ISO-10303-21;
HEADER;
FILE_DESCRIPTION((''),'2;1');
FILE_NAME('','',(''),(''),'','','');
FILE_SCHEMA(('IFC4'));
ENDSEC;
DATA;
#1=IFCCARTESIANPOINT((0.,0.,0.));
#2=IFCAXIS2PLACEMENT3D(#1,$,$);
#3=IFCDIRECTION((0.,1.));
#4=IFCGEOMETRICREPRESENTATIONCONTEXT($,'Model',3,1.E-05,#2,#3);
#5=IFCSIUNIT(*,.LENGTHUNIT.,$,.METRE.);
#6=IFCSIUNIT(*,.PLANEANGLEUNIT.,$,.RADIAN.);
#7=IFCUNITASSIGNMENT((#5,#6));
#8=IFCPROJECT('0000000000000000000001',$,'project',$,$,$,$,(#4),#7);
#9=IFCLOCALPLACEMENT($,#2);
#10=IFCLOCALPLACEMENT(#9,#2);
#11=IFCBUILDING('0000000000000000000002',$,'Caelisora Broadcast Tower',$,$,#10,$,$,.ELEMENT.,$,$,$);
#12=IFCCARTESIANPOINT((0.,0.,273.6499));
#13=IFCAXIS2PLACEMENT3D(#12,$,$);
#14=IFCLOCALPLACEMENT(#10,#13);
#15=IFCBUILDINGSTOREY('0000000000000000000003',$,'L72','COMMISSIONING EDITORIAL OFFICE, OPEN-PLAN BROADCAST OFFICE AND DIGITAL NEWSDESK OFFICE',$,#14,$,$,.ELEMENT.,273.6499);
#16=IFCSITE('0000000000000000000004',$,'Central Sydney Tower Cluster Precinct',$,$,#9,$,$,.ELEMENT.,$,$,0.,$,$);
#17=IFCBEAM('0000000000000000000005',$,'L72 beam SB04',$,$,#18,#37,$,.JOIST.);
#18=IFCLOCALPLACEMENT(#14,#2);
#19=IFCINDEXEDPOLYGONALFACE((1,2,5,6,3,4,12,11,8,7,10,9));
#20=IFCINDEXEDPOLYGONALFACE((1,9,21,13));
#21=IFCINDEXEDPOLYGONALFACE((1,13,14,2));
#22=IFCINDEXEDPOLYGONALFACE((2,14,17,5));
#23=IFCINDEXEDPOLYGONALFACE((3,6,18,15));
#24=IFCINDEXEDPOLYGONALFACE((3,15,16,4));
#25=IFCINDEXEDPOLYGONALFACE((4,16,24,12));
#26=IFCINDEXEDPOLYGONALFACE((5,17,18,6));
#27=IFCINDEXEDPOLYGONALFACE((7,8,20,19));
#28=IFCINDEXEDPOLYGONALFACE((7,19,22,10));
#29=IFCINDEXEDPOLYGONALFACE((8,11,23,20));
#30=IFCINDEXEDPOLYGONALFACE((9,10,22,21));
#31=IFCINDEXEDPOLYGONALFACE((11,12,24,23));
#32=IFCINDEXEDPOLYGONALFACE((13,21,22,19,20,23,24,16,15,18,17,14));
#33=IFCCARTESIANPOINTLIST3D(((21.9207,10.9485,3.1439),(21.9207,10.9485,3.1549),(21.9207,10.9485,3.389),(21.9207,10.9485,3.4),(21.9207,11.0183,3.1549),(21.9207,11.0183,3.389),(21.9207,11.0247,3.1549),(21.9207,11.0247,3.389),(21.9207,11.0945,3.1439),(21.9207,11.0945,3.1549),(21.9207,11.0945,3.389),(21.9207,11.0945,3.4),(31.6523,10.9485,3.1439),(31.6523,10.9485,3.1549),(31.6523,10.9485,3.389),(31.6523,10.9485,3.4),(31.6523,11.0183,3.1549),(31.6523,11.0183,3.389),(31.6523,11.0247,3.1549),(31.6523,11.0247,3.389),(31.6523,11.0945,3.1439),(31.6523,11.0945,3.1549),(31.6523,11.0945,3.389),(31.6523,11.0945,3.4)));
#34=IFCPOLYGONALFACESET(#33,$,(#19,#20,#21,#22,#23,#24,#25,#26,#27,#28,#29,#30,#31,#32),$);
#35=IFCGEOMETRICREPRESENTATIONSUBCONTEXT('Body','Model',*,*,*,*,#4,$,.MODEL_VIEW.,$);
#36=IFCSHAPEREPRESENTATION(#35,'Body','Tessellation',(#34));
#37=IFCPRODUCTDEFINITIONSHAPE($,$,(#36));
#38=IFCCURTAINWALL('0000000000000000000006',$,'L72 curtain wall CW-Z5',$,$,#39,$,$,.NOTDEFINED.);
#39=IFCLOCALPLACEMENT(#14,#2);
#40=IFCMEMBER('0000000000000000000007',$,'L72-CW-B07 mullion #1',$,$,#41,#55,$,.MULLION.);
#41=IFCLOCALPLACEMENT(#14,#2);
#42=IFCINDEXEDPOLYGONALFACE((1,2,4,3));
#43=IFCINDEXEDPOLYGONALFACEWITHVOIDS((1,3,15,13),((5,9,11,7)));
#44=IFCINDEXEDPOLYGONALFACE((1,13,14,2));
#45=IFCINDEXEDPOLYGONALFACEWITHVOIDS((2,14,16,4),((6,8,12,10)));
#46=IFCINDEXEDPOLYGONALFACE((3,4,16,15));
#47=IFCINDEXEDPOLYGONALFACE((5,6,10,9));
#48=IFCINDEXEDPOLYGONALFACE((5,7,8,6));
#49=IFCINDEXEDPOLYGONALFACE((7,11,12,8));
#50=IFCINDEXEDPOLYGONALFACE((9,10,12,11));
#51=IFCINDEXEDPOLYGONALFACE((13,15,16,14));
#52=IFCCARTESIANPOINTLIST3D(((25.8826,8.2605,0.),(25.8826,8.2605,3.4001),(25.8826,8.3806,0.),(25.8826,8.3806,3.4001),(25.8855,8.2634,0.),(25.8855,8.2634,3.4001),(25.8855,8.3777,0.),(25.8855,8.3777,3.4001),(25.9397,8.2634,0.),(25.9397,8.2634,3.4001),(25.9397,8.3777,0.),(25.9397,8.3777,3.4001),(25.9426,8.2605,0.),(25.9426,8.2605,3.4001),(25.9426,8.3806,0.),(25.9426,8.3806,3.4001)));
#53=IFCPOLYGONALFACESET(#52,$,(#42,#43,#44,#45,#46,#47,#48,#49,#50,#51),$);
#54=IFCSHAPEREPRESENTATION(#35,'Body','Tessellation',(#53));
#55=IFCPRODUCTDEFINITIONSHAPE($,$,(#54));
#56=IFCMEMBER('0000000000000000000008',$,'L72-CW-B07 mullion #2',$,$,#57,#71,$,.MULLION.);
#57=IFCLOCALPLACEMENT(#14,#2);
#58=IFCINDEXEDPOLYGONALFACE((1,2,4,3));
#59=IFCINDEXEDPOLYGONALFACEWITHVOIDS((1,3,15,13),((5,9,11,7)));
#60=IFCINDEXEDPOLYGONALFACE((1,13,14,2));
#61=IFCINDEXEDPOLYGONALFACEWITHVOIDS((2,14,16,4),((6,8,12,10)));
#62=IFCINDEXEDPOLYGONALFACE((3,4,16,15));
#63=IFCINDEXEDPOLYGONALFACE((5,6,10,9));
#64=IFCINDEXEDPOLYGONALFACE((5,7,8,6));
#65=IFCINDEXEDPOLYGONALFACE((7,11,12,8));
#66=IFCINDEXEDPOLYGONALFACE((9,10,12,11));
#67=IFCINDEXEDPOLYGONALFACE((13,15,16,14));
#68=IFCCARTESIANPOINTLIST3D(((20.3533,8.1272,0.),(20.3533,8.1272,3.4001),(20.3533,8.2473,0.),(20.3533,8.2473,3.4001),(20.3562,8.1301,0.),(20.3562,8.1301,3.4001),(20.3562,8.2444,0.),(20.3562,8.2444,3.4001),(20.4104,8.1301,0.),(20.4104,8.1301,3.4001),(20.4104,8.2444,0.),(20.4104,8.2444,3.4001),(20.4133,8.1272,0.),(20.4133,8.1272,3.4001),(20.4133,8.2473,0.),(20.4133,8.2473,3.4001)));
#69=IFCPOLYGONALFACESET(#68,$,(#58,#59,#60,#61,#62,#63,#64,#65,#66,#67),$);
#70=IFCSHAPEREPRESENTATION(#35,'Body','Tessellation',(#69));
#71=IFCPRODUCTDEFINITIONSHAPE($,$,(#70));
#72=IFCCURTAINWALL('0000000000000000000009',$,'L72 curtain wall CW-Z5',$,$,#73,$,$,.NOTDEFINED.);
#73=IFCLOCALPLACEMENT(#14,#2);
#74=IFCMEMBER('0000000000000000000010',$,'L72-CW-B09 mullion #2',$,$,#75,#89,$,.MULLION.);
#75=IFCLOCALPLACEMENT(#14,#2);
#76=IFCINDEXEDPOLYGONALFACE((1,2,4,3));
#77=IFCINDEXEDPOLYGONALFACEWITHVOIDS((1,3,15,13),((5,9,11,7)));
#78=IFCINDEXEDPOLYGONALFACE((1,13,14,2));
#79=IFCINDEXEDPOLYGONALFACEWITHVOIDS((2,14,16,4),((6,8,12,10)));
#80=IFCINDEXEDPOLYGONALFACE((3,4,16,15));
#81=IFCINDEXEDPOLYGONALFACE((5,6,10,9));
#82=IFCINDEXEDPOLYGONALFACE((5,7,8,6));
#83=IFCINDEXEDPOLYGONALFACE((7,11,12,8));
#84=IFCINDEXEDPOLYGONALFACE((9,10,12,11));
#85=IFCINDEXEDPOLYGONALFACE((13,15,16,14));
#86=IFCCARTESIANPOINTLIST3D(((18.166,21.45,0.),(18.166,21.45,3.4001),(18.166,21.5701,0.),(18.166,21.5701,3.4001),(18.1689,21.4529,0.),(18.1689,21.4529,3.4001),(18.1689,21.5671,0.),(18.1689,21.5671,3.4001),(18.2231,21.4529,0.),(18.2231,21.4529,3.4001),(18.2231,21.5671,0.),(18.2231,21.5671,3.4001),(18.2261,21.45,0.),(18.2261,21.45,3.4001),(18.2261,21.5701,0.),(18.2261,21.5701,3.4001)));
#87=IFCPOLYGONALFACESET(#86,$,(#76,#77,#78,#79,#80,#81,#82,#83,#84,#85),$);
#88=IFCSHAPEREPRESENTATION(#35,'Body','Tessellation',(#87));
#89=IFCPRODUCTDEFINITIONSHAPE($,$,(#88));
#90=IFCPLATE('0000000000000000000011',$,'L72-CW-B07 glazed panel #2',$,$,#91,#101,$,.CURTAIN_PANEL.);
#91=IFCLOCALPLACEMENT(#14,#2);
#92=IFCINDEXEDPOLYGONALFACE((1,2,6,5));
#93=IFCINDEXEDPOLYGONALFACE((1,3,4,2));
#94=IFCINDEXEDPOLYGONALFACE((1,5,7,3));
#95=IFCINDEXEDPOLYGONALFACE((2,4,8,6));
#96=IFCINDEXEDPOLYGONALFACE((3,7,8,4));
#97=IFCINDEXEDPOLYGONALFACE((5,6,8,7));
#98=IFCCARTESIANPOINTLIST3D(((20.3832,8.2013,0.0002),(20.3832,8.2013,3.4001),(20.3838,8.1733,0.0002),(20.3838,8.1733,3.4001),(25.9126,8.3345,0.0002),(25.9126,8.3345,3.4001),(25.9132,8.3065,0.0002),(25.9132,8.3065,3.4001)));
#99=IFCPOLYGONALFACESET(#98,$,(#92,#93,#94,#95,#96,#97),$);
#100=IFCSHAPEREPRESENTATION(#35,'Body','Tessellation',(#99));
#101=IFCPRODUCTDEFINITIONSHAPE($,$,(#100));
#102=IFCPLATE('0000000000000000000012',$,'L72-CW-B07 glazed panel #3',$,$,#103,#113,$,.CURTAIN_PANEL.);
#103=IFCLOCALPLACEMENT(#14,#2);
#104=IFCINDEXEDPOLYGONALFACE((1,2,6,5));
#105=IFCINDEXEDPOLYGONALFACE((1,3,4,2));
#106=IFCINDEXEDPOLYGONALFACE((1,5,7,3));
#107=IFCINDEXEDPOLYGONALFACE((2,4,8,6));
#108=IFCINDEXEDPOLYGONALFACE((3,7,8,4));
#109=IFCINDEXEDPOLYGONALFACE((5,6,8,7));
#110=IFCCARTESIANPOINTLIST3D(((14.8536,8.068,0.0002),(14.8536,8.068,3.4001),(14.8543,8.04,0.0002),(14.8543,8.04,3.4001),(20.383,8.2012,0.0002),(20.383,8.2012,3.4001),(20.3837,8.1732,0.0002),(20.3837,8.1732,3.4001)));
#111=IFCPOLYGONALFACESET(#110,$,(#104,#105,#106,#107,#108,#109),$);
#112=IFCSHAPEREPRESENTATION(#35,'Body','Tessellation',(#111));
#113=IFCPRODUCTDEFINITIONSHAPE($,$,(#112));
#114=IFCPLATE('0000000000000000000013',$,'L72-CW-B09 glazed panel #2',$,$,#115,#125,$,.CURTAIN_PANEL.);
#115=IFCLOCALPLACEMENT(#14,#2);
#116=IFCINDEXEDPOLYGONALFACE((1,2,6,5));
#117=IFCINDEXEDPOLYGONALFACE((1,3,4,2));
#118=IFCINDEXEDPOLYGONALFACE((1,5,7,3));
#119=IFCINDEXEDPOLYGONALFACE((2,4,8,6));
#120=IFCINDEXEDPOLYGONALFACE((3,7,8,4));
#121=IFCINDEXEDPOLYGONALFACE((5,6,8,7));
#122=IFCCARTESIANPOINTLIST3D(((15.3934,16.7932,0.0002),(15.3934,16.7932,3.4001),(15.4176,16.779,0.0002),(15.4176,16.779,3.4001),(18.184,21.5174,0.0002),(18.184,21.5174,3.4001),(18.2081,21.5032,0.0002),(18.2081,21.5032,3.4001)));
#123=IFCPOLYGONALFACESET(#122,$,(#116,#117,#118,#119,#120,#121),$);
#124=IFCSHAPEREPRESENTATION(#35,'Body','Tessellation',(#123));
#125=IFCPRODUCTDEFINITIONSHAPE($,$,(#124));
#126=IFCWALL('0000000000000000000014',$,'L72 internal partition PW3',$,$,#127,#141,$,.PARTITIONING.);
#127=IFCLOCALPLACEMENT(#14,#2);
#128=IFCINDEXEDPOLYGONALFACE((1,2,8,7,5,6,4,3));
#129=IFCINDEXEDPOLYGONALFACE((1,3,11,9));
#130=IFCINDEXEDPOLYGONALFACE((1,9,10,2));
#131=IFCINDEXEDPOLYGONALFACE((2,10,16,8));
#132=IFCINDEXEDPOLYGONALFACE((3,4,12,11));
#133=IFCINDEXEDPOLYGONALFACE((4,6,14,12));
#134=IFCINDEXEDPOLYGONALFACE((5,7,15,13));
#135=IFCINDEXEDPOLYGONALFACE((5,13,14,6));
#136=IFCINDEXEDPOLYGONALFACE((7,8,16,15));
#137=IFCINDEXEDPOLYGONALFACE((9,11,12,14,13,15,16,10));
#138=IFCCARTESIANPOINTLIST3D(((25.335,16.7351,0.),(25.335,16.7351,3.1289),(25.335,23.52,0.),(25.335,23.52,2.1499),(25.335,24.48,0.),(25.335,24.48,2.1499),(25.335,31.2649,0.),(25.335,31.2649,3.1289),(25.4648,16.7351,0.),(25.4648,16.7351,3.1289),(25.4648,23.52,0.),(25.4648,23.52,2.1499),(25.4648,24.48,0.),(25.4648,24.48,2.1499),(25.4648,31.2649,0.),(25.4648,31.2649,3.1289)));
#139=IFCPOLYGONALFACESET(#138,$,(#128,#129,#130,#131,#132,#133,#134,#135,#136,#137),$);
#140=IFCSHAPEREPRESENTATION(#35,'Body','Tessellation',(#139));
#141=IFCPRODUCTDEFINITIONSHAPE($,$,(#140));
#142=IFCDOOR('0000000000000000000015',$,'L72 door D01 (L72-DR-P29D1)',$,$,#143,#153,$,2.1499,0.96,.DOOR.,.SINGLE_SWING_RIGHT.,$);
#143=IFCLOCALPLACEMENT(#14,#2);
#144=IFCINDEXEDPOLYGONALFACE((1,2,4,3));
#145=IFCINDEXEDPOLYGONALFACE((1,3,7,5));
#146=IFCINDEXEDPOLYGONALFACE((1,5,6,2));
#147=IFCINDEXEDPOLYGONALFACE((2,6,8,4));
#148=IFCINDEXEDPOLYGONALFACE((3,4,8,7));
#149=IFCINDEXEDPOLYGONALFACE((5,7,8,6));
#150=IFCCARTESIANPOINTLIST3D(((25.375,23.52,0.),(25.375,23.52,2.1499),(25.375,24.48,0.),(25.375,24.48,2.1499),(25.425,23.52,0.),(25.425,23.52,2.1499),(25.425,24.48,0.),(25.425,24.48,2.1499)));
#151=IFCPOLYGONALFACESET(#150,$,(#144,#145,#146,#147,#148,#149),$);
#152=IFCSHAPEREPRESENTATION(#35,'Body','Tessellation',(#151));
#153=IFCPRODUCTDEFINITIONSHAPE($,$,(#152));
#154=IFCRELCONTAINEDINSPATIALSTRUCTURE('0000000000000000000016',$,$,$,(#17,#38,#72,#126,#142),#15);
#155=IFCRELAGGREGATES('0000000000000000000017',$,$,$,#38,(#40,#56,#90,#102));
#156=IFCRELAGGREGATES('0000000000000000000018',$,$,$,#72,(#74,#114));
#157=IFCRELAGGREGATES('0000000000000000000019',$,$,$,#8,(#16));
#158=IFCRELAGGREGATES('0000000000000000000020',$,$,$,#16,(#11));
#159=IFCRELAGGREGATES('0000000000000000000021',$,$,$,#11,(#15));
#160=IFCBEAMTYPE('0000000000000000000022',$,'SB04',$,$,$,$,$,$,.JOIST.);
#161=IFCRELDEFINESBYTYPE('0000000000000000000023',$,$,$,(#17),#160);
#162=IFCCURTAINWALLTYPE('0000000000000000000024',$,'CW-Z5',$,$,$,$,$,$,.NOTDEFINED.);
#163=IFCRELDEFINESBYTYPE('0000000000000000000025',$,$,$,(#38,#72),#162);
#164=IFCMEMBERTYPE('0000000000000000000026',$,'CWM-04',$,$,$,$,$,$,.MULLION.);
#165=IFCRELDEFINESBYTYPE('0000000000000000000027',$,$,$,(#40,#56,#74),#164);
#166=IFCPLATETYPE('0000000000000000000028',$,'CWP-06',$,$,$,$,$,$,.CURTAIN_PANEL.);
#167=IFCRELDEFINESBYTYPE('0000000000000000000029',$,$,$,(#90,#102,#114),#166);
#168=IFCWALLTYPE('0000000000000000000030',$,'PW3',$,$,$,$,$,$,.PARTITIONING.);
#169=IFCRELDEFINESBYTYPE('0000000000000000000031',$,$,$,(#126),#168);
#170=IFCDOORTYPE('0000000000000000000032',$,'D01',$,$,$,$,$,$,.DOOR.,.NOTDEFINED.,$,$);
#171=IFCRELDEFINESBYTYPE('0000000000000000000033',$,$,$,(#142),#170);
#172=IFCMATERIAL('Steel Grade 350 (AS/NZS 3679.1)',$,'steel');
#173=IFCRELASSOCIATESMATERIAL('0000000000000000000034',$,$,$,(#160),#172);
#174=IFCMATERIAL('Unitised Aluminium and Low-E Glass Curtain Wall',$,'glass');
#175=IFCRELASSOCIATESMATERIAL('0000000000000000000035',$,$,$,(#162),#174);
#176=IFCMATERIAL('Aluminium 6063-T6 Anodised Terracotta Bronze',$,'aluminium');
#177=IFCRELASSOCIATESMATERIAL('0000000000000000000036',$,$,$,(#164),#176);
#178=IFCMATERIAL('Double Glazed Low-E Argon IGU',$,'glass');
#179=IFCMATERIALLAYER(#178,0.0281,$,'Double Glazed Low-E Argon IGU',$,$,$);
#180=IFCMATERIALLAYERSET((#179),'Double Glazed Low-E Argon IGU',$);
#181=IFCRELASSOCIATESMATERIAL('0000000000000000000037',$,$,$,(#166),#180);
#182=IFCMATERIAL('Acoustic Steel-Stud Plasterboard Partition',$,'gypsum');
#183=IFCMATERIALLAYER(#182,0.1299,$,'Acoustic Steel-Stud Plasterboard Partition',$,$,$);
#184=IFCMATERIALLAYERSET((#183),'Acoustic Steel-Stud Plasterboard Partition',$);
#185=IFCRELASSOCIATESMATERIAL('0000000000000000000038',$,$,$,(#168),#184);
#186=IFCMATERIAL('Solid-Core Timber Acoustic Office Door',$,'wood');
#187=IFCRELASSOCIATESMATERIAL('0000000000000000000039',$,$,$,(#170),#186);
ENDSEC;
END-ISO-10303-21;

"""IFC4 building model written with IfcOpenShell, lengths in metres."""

from ifc_helpers import new_model, si_unit, direction, frame, frame_2d, origin, origin_2d, place, context, subcontext, project, spatial, rectangle, hollow_rectangle, i_section, extrude, source, transform, mapped, material, layer, layer_set, material_profile, profile_set, type_object, type_shapes, element, fill, aggregate, save


model = new_model("IFC4")

# Units and contexts
model_context = context("Model", 3, precision=1e-05, world=origin(), true_north=direction((0.0, 1.0)))
body_context = subcontext(model_context, "Body", "Model", "MODEL_VIEW")
ifc_project = project(units=[si_unit("LENGTHUNIT", "METRE"), si_unit("PLANEANGLEUNIT", "RADIAN")], contexts=[model_context])

# Site, building, storey
site_placement = place(None, origin())
site = spatial("IfcSite", under=ifc_project, at=site_placement, Name="Central Sydney Tower Cluster Precinct", CompositionType="ELEMENT", RefElevation=0.0)
building_placement = place(site_placement, origin())
building = spatial("IfcBuilding", under=site, at=building_placement, Name="Caelisora Broadcast Tower", CompositionType="ELEMENT")
storey_placement = place(building_placement, frame((0.0, 0.0, 273.6499)))
storey = spatial("IfcBuildingStorey", under=building, at=storey_placement, Name="L72", Description="COMMISSIONING EDITORIAL OFFICE, OPEN-PLAN BROADCAST OFFICE AND DIGITAL NEWSDESK OFFICE", CompositionType="ELEMENT", Elevation=273.6499)

# Beam
ifc_material_1 = material(Name="Steel Grade 350 (AS/NZS 3679.1)", Category="steel")
ifc_material_profile_1 = material_profile(ifc_material_1, i_section(OverallWidth=0.146, OverallDepth=0.2561, WebThickness=0.0063, FlangeThickness=0.011, at=origin_2d()), Name="Steel Grade 350 (AS/NZS 3679.1)")
ifc_profile_set_1 = profile_set([ifc_material_profile_1], Name="Steel Grade 350 (AS/NZS 3679.1)")
beam_type_1 = type_object("IfcBeamType", Name="SB04", PredefinedType="JOIST", material=ifc_profile_set_1)
shared_shape_1 = source(origin(), body_context, "Body", "SweptSolid", [
    extrude(i_section(OverallWidth=0.146, OverallDepth=0.2561, WebThickness=0.0063, FlangeThickness=0.011, at=origin_2d()), origin(), (0.0, 0.0, 1.0), 9.7317),
])
beam_1_placement = place(storey_placement, frame((21.9207, 11.0215, 3.272), z_axis=(1.0, 0.0, 0.0), x_axis=(0.0, 1.0, 0.0)))
element("IfcBeam", 1, at=beam_1_placement, inside=storey, type_object=beam_type_1, Name="L72 beam SB04", PredefinedType="JOIST", context=body_context, shape_type="MappedRepresentation", body=[
    mapped(shared_shape_1, transform((0.0, 0.0, 0.0), scale=1.0)),
])

# Curtain wall, members
ifc_material_2 = material(Name="Unitised Aluminium and Low-E Glass Curtain Wall", Category="glass")
curtain_wall_type = type_object("IfcCurtainWallType", Name="CW-Z5", PredefinedType="NOTDEFINED", material=ifc_material_2)
curtain_wall_1_placement = place(storey_placement, origin())
curtain_wall_1 = element("IfcCurtainWall", 2, at=curtain_wall_1_placement, inside=storey, type_object=curtain_wall_type, Name="L72 curtain wall CW-Z5", PredefinedType="NOTDEFINED")
ifc_material_3 = material(Name="Aluminium 6063-T6 Anodised Terracotta Bronze", Category="aluminium")
ifc_material_profile_2 = material_profile(ifc_material_3, hollow_rectangle(XDim=0.0601, YDim=0.1201, WallThickness=0.0029, at=origin_2d()), Name="Aluminium 6063-T6 Anodised Terracotta Bronze")
ifc_profile_set_2 = profile_set([ifc_material_profile_2], Name="Aluminium 6063-T6 Anodised Terracotta Bronze")
member_type = type_object("IfcMemberType", Name="CWM-04", PredefinedType="MULLION", material=ifc_profile_set_2)
shared_shape_2 = source(origin(), body_context, "Body", "SweptSolid", [
    extrude(hollow_rectangle(XDim=0.0601, YDim=0.1201, WallThickness=0.0029, at=origin_2d()), origin(), (0.0, 0.0, 1.0), 3.4001),
])
type_shapes(member_type, [shared_shape_2])
member_1_placement = place(storey_placement, frame((25.9126, 8.3206, 0.0), z_axis=(0.0, 0.0, 1.0), x_axis=(1.0, 0.0, 0.0)))
member_1 = element("IfcMember", 3, at=member_1_placement, type_object=member_type, Name="L72-CW-B07 mullion #1", PredefinedType="MULLION", context=body_context, shape_type="MappedRepresentation", body=[
    mapped(shared_shape_2, transform((0.0, 0.0, 0.0), scale=1.0)),
])
member_2_placement = place(storey_placement, frame((20.3833, 8.1873, 0.0), z_axis=(0.0, 0.0, 1.0), x_axis=(1.0, 0.0, 0.0)))
member_2 = element("IfcMember", 4, at=member_2_placement, type_object=member_type, Name="L72-CW-B07 mullion #2", PredefinedType="MULLION", context=body_context, shape_type="MappedRepresentation", body=[
    mapped(shared_shape_2, transform((0.0, 0.0, 0.0), scale=1.0)),
])

# Curtain wall, member
curtain_wall_2_placement = place(storey_placement, origin())
curtain_wall_2 = element("IfcCurtainWall", 5, at=curtain_wall_2_placement, inside=storey, type_object=curtain_wall_type, Name="L72 curtain wall CW-Z5", PredefinedType="NOTDEFINED")
member_3_placement = place(storey_placement, frame((18.196, 21.51, 0.0), z_axis=(0.0, 0.0, 1.0), x_axis=(1.0, 0.0, 0.0)))
member_3 = element("IfcMember", 6, at=member_3_placement, type_object=member_type, Name="L72-CW-B09 mullion #2", PredefinedType="MULLION", context=body_context, shape_type="MappedRepresentation", body=[
    mapped(shared_shape_2, transform((0.0, 0.0, 0.0), scale=1.0)),
])

# Plates
ifc_material_4 = material(Name="Double Glazed Low-E Argon IGU", Category="glass")
ifc_layer_1 = layer(ifc_material_4, 0.0281, Name="Double Glazed Low-E Argon IGU")
ifc_layer_set_1 = layer_set([ifc_layer_1], Name="Double Glazed Low-E Argon IGU")
plate_type = type_object("IfcPlateType", Name="CWP-06", PredefinedType="CURTAIN_PANEL", material=ifc_layer_set_1)
shared_shape_3 = source(origin(), body_context, "Body", "SweptSolid", [
    extrude(rectangle(XDim=5.531, YDim=0.0281, at=origin_2d()), origin(), (0.0, 0.0, 1.0), 3.3999),
])
plate_1_placement = place(storey_placement, frame((23.1482, 8.2539, 0.0002), z_axis=(0.0, 0.0, 1.0), x_axis=(-0.99971, -0.024083, 0.0)))
plate_1 = element("IfcPlate", 7, at=plate_1_placement, type_object=plate_type, Name="L72-CW-B07 glazed panel #2", PredefinedType="CURTAIN_PANEL", context=body_context, shape_type="MappedRepresentation", body=[
    mapped(shared_shape_3, transform((0.0, 0.0, 0.0), scale=1.0)),
])
plate_2_placement = place(storey_placement, frame((17.6187, 8.1206, 0.0002), z_axis=(0.0, 0.0, 1.0), x_axis=(-0.99971, -0.024083, 0.0)))
plate_2 = element("IfcPlate", 8, at=plate_2_placement, type_object=plate_type, Name="L72-CW-B07 glazed panel #3", PredefinedType="CURTAIN_PANEL", context=body_context, shape_type="MappedRepresentation", body=[
    mapped(shared_shape_3, transform((0.0, 0.0, 0.0), scale=1.0)),
])
aggregate(curtain_wall_1, [member_1, member_2, plate_1, plate_2])
shared_shape_4 = source(origin(), body_context, "Body", "SweptSolid", [
    extrude(rectangle(XDim=5.4868, YDim=0.0281, at=origin_2d()), origin(), (0.0, 0.0, 1.0), 3.3999),
])
type_shapes(plate_type, [shared_shape_3, shared_shape_4])
plate_3_placement = place(storey_placement, frame((16.8008, 19.1482, 0.0002), z_axis=(0.0, 0.0, 1.0), x_axis=(0.508591, 0.861008, 0.0)))
plate_3 = element("IfcPlate", 9, at=plate_3_placement, type_object=plate_type, Name="L72-CW-B09 glazed panel #2", PredefinedType="CURTAIN_PANEL", context=body_context, shape_type="MappedRepresentation", body=[
    mapped(shared_shape_4, transform((0.0, 0.0, 0.0), scale=1.0)),
])
aggregate(curtain_wall_2, [member_3, plate_3])

# Wall, opening, door
ifc_material_5 = material(Name="Acoustic Steel-Stud Plasterboard Partition", Category="gypsum")
ifc_layer_2 = layer(ifc_material_5, 0.1299, Name="Acoustic Steel-Stud Plasterboard Partition")
ifc_layer_set_2 = layer_set([ifc_layer_2], Name="Acoustic Steel-Stud Plasterboard Partition")
wall_type = type_object("IfcWallType", Name="PW3", PredefinedType="PARTITIONING", material=ifc_layer_set_2)
wall_1_placement = place(storey_placement, frame((25.3999, 16.7351, 0.0), z_axis=(0.0, 0.0, 1.0), x_axis=(0.0, 1.0, 0.0)))
wall_1 = element("IfcWall", 10, at=wall_1_placement, inside=storey, type_object=wall_type, Name="L72 internal partition PW3", PredefinedType="PARTITIONING", context=body_context, shape_type="SweptSolid", body=[
    extrude(rectangle(XDim=14.5298, YDim=0.1299, at=frame_2d((7.2649, 0.0))), origin(), (0.0, 0.0, 1.0), 3.1289),
])
opening_1_placement = place(wall_1_placement, frame((6.7849, 0.0, 0.0)))
opening_1 = element("IfcOpeningElement", 11, at=opening_1_placement, cuts=wall_1, PredefinedType="OPENING", context=body_context, shape_type="SweptSolid", body=[
    extrude(rectangle(XDim=0.96, YDim=2.1499, at=frame_2d((0.48, 1.075))), frame((0.0, 0.0769, 0.0), z_axis=(0.0, -1.0, 0.0), x_axis=(1.0, 0.0, 0.0)), (0.0, 0.0, 1.0), 0.1538),
])
ifc_material_6 = material(Name="Solid-Core Timber Acoustic Office Door", Category="wood")
door_type = type_object("IfcDoorType", Name="D01", OperationType="NOTDEFINED", PredefinedType="DOOR", material=ifc_material_6)
door_1_placement = place(opening_1_placement, origin())
door_1 = element("IfcDoor", 12, at=door_1_placement, inside=storey, type_object=door_type, Name="L72 door D01 (L72-DR-P29D1)", OperationType="SINGLE_SWING_RIGHT", OverallHeight=2.1499, OverallWidth=0.96, PredefinedType="DOOR", context=body_context, shape_type="SweptSolid", body=[
    extrude(rectangle(XDim=0.96, YDim=2.1499, at=frame_2d((0.48, 1.075))), frame((0.0, 0.0249, 0.0), z_axis=(0.0, -1.0, 0.0), x_axis=(1.0, 0.0, 0.0)), (0.0, 0.0, 1.0), 0.05),
])
fill(opening_1, door_1)

save(model, "model.ifc")
